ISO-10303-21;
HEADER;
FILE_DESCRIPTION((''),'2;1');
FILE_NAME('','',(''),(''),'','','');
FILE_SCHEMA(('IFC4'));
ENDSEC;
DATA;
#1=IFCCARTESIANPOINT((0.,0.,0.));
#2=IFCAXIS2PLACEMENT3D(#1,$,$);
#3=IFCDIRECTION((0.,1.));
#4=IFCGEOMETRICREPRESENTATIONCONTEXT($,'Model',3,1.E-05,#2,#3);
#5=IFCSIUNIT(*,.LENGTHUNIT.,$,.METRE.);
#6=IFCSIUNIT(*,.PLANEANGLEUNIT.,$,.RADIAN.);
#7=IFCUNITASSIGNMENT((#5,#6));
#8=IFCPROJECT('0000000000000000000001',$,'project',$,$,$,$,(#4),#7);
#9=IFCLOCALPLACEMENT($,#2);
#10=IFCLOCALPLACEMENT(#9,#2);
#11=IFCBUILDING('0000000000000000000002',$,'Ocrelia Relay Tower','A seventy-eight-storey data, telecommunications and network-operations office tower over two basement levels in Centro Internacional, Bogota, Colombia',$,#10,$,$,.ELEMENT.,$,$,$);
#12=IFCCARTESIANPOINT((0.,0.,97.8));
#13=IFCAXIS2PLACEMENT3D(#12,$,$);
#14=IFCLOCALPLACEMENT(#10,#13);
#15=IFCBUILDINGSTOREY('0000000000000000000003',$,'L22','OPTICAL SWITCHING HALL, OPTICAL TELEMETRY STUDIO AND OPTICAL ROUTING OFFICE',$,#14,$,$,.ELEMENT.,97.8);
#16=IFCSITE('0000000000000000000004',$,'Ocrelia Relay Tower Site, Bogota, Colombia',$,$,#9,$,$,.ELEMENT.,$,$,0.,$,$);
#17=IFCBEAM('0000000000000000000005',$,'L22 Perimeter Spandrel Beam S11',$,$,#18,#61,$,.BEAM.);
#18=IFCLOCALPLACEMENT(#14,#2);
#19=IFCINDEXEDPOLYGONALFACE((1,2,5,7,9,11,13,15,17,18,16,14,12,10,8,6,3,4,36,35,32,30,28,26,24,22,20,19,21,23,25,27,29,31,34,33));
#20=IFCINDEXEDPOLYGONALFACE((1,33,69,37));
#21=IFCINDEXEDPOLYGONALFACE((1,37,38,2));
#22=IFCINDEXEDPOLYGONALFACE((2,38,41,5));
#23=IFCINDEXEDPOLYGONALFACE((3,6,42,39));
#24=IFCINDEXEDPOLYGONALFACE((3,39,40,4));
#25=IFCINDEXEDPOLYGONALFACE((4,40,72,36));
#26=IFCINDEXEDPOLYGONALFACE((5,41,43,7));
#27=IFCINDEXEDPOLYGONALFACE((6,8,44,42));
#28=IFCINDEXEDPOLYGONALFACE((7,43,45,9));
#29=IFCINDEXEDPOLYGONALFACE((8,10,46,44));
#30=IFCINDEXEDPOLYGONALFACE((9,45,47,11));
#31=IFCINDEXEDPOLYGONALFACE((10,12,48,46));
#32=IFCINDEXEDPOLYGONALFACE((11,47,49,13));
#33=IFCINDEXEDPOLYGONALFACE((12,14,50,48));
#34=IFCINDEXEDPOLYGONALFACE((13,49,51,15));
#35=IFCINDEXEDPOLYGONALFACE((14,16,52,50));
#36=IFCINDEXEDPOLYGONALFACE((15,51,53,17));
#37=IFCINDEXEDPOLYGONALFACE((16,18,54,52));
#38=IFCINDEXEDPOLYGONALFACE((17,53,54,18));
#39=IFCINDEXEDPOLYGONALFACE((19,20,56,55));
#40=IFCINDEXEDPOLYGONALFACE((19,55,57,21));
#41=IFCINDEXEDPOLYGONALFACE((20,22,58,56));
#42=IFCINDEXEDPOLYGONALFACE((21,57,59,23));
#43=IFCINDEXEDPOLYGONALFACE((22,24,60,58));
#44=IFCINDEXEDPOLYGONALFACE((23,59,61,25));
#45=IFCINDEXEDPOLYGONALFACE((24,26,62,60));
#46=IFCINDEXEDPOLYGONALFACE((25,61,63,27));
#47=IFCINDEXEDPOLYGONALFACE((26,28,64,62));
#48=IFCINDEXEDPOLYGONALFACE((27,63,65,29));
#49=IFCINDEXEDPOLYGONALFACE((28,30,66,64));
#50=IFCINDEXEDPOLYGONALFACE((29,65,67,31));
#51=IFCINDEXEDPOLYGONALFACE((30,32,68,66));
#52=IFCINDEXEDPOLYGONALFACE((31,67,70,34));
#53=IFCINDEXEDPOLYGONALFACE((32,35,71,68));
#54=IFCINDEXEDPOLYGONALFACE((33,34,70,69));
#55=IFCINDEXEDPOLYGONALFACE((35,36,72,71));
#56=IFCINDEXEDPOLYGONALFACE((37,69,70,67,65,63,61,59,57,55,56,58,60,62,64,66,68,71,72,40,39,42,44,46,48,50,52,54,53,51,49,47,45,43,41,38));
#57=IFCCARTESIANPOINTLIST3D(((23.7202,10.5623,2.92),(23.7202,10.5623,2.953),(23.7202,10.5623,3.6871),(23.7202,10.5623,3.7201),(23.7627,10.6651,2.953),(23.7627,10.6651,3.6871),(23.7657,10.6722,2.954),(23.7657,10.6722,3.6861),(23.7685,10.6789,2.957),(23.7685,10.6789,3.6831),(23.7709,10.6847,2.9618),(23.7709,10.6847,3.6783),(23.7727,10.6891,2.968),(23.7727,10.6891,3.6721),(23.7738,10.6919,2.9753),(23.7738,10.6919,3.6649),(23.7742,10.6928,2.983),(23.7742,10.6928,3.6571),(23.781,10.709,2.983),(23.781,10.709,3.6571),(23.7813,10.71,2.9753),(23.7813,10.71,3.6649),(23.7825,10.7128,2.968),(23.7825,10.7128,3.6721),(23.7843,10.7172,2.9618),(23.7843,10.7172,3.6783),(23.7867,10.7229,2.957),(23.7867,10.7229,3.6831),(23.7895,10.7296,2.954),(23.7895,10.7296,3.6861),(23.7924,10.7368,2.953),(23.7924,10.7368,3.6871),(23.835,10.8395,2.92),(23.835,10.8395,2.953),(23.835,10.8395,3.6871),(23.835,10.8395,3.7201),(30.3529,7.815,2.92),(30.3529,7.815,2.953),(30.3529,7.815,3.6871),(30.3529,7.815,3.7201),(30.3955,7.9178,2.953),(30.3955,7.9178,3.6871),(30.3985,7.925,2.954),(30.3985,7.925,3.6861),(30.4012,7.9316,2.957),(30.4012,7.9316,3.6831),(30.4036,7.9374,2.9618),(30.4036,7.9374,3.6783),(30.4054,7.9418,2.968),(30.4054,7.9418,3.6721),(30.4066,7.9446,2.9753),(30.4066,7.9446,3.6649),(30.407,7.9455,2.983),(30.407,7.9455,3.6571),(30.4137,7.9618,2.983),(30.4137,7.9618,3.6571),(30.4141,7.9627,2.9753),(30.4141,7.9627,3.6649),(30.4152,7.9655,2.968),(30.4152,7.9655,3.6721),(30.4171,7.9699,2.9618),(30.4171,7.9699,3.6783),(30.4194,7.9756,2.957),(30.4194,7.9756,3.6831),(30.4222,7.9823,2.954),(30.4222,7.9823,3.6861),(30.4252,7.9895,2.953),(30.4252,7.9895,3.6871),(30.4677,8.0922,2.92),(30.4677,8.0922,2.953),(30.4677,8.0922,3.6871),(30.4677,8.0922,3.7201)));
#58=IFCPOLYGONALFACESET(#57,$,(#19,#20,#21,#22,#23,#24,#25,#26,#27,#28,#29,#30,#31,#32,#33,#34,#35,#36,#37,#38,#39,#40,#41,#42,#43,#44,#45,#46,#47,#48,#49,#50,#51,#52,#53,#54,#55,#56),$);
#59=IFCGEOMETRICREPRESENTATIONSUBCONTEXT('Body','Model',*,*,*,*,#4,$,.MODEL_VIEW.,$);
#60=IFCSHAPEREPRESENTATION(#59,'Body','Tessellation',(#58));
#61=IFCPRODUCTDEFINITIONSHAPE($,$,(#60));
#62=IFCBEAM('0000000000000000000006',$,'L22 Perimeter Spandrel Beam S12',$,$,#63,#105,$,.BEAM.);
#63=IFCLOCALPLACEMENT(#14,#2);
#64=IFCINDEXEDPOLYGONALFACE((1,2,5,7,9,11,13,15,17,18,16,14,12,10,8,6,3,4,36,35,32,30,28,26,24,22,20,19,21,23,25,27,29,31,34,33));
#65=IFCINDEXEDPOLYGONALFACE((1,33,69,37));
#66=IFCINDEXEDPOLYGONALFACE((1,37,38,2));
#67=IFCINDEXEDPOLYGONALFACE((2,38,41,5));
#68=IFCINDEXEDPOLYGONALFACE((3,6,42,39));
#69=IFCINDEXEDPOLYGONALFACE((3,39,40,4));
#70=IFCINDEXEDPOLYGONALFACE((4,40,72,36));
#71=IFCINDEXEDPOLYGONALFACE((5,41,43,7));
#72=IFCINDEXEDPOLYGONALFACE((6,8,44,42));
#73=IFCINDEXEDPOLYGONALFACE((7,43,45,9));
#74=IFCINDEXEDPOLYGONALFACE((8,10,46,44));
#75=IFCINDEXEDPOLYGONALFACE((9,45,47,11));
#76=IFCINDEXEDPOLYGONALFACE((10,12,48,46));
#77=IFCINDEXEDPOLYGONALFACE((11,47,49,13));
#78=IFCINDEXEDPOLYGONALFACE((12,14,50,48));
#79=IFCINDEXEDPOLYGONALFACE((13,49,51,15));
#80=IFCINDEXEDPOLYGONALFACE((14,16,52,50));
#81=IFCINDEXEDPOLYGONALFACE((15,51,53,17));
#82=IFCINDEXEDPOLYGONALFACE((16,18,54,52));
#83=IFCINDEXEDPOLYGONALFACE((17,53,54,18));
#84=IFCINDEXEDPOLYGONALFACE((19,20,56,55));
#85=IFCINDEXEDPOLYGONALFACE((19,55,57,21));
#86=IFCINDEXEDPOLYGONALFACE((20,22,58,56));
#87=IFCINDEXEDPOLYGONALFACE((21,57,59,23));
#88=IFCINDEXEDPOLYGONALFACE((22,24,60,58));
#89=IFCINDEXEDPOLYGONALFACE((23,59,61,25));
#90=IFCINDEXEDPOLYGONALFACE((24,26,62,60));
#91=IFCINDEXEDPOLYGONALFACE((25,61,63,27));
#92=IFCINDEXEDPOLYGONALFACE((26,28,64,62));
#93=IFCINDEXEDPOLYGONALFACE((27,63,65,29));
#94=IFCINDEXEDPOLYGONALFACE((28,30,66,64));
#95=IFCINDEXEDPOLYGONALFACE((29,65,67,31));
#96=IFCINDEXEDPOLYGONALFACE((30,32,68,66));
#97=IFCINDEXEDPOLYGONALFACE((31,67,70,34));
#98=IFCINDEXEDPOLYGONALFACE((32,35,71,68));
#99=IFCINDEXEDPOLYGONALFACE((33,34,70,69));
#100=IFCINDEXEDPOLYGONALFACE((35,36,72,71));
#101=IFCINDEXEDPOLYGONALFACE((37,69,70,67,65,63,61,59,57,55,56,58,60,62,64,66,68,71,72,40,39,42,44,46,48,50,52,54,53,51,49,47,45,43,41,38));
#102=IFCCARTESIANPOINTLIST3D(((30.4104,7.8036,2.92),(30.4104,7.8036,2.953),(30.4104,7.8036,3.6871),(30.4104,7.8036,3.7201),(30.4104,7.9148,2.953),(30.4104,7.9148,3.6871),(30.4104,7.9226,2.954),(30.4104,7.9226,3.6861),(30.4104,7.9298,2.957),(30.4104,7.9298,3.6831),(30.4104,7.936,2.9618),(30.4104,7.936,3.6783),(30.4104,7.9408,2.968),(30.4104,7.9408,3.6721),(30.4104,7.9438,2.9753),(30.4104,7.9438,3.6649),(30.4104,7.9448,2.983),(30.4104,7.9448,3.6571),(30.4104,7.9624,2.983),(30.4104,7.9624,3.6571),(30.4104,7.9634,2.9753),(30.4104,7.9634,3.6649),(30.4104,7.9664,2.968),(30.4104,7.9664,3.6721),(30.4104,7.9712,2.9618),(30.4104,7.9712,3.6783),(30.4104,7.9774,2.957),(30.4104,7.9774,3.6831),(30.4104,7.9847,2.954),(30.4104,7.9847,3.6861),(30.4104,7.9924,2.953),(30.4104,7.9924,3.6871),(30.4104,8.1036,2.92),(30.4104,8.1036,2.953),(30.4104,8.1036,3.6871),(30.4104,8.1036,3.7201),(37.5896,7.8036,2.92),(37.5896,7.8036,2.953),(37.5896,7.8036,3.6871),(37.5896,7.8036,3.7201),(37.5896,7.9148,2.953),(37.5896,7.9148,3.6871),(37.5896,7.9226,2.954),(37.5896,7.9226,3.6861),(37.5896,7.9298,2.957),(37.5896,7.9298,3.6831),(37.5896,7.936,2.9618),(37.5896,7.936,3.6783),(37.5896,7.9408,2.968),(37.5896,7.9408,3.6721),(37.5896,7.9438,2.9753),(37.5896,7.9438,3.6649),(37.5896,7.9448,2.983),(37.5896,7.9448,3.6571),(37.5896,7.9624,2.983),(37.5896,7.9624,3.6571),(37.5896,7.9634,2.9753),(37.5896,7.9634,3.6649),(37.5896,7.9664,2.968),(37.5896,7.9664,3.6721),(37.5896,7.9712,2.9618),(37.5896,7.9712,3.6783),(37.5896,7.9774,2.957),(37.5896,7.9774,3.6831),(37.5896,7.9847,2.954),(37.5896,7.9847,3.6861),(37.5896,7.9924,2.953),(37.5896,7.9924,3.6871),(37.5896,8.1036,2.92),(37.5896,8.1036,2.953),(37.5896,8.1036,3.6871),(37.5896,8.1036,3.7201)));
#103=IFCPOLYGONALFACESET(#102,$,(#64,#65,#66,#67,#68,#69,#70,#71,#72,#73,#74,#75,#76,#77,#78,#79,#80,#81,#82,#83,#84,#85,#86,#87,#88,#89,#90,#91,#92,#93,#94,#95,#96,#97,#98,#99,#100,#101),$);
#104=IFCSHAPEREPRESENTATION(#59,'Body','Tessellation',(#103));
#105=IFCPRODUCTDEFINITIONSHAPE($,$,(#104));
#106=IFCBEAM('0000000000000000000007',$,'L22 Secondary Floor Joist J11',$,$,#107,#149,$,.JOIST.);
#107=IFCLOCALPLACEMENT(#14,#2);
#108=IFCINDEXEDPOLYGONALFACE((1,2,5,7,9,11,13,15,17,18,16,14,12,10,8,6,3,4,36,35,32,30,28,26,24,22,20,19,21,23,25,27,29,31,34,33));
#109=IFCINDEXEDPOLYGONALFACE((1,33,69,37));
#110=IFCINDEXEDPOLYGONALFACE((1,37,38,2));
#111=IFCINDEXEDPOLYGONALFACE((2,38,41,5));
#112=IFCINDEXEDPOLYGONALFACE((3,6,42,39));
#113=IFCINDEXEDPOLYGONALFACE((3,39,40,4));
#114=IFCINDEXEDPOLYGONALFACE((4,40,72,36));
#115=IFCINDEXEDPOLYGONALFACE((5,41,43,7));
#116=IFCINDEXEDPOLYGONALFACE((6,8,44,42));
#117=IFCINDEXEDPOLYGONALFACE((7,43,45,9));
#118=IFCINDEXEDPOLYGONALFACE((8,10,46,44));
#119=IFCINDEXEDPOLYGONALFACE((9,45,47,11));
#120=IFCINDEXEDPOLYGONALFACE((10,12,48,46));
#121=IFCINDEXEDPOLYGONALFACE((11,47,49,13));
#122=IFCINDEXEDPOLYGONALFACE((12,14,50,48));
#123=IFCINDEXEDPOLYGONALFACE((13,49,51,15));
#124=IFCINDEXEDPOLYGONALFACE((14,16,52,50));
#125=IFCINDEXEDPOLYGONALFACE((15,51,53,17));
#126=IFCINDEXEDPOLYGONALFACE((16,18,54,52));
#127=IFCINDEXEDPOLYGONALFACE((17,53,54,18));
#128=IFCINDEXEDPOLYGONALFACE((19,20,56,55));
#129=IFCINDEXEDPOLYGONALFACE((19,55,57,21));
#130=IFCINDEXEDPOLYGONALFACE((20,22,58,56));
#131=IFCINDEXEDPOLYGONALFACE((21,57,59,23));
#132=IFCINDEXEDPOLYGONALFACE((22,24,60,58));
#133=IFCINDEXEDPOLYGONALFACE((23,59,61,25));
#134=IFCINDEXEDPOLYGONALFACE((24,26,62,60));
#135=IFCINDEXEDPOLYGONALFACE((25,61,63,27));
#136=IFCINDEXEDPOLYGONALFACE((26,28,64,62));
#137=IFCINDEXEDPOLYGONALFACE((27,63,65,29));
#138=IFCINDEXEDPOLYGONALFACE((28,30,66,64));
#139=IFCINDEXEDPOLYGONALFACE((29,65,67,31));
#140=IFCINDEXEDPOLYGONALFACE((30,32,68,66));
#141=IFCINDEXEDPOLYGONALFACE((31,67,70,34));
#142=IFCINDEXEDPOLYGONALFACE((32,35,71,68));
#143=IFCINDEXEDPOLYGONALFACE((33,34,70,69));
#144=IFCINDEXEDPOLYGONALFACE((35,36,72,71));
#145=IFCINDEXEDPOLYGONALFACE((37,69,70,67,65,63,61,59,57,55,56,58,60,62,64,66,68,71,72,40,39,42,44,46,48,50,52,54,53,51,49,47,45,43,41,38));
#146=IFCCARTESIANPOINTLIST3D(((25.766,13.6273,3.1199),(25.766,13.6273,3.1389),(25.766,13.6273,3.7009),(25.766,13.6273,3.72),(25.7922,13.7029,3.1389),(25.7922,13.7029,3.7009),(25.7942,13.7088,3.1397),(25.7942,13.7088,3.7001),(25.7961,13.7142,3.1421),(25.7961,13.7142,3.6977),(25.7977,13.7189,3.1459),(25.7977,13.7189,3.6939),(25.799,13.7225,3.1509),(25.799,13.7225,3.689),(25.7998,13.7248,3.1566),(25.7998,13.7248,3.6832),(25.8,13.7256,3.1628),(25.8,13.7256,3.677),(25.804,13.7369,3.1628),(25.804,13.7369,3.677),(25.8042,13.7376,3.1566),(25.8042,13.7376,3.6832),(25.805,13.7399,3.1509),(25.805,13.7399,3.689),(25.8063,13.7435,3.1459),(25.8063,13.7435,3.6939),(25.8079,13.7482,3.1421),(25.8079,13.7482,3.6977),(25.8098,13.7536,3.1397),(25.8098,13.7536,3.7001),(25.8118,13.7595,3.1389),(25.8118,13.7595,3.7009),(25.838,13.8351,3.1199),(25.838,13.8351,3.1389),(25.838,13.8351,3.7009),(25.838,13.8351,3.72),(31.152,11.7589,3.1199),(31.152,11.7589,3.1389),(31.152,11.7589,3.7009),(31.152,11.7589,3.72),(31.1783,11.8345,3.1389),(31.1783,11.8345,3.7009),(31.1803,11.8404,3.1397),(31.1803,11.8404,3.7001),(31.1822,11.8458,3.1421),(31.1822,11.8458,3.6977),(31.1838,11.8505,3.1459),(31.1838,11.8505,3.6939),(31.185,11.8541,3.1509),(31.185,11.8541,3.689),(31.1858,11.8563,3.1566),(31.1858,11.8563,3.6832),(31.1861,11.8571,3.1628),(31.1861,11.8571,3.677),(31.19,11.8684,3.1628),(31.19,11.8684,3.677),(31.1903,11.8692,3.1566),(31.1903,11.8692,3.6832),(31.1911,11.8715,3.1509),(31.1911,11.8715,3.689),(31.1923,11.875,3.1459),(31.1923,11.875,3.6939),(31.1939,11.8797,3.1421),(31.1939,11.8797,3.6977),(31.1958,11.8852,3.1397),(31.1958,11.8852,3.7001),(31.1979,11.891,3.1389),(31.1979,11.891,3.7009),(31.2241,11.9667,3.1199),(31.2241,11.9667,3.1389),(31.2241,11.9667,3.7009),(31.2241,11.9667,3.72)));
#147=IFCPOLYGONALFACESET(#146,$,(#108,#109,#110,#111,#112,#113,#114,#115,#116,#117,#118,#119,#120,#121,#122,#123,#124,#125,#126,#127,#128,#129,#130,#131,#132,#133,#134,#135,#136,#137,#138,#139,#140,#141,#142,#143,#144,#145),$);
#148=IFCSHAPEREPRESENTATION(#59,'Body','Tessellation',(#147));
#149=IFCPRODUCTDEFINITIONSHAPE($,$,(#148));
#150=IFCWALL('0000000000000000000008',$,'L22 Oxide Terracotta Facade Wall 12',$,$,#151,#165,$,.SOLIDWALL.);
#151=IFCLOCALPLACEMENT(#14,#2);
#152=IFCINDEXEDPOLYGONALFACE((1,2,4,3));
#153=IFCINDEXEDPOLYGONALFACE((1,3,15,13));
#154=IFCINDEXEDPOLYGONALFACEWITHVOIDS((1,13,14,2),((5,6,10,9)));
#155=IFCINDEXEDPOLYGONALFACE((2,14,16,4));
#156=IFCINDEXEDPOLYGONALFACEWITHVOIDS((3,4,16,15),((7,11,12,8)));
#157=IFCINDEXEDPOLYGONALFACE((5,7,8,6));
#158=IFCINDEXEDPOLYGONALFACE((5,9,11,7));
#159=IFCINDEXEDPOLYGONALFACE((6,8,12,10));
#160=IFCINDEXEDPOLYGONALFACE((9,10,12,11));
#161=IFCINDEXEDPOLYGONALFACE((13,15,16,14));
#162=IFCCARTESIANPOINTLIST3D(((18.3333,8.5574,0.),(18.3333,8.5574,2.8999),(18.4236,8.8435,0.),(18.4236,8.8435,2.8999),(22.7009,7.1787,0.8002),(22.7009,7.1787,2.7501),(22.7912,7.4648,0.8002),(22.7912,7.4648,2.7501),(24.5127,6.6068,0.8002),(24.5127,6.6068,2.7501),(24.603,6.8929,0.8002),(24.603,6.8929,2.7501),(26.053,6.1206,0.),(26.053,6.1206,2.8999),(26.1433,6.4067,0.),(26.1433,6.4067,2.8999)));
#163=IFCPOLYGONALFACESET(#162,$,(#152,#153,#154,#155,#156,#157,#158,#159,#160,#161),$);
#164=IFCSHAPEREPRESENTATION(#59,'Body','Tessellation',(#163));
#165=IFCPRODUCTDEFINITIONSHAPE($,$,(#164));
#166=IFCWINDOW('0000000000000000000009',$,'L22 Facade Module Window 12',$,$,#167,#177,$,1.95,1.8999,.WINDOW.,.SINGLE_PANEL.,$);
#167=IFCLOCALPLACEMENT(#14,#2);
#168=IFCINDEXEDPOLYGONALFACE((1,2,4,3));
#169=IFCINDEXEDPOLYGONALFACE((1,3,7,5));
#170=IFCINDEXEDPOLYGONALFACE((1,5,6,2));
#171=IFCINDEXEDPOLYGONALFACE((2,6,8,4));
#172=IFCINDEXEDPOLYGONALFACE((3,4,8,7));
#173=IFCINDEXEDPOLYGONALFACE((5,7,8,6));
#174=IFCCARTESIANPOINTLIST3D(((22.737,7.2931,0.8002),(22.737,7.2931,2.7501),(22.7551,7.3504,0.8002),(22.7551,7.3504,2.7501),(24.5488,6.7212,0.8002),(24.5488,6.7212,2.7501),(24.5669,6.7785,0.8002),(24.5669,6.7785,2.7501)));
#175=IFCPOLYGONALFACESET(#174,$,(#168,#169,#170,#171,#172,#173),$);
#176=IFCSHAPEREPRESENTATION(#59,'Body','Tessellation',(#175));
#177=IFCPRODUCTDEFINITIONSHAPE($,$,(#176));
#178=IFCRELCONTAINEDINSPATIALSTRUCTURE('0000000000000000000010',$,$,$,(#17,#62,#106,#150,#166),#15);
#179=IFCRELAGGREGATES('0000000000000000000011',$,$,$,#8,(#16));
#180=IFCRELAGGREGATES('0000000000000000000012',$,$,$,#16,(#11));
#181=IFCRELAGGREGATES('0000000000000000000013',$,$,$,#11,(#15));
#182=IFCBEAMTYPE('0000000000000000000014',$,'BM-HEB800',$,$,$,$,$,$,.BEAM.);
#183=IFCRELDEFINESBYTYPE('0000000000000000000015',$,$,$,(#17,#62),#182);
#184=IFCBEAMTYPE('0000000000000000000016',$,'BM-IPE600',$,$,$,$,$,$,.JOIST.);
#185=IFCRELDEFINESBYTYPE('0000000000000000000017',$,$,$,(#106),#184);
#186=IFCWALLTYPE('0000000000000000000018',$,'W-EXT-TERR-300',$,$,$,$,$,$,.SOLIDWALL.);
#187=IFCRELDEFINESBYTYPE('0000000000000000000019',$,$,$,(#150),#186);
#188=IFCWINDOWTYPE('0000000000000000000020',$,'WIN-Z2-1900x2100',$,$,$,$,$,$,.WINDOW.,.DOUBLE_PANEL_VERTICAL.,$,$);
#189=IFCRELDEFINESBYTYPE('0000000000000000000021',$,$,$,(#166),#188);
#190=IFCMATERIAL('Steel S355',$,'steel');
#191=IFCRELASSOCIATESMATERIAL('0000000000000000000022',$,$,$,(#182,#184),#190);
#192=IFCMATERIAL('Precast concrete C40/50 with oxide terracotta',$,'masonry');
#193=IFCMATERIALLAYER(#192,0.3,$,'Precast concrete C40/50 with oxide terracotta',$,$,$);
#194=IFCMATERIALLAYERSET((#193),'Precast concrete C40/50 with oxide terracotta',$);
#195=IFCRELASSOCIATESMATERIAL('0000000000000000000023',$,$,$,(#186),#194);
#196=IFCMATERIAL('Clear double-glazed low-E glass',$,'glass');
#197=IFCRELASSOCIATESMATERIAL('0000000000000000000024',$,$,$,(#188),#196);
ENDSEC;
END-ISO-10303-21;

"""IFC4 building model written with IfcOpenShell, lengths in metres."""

from ifc_helpers import new_model, si_unit, direction, frame, frame_2d, origin, origin_2d, place, context, subcontext, project, spatial, rectangle, i_section, extrude, material, layer, layer_set, material_profile, profile_set, type_object, element, fill, save


model = new_model("IFC4")

# Units and contexts
model_context = context("Model", 3, precision=1e-05, world=origin(), true_north=direction((0.0, 1.0)))
body_context = subcontext(model_context, "Body", "Model", "MODEL_VIEW")
ifc_project = project(units=[si_unit("LENGTHUNIT", "METRE"), si_unit("PLANEANGLEUNIT", "RADIAN")], contexts=[model_context])

# Site, building, storey
site_placement = place(None, origin())
site = spatial("IfcSite", under=ifc_project, at=site_placement, Name="Ocrelia Relay Tower Site, Bogota, Colombia", CompositionType="ELEMENT", RefElevation=0.0)
building_placement = place(site_placement, origin())
building = spatial("IfcBuilding", under=site, at=building_placement, Name="Ocrelia Relay Tower", Description="A seventy-eight-storey data, telecommunications and network-operations office tower over two basement levels in Centro Internacional, Bogota, Colombia", CompositionType="ELEMENT")
storey_placement = place(building_placement, frame((0.0, 0.0, 97.8)))
storey = spatial("IfcBuildingStorey", under=building, at=storey_placement, Name="L22", Description="OPTICAL SWITCHING HALL, OPTICAL TELEMETRY STUDIO AND OPTICAL ROUTING OFFICE", CompositionType="ELEMENT", Elevation=97.8)

# Beams
ifc_material_1 = material(Name="Steel S355", Category="steel")
ifc_material_profile_1 = material_profile(ifc_material_1, i_section(OverallWidth=0.3, OverallDepth=0.8, WebThickness=0.0176, FlangeThickness=0.033, FilletRadius=0.03, at=origin_2d()), Name="HEB 800")
ifc_profile_set_1 = profile_set([ifc_material_profile_1], Name="Steel S355")
beam_type_1 = type_object("IfcBeamType", Name="BM-HEB800", PredefinedType="BEAM", material=ifc_profile_set_1)
for number, where, z_axis, x_axis, name in (
    (1, (23.7776, 10.7009, 3.3201), (0.923884, -0.382673, 0.0), (0.382673, 0.923884, 0.0), "L22 Perimeter Spandrel Beam S11"),
    (2, (30.4104, 7.9536, 3.3201), (1.0, 0.0, 0.0), (0.0, 1.0, 0.0), "L22 Perimeter Spandrel Beam S12"),
):
    element("IfcBeam", number, at=place(storey_placement, frame(where, z_axis=z_axis, x_axis=x_axis)), inside=storey, type_object=beam_type_1, Name=name, PredefinedType="BEAM", context=body_context, shape_type="SweptSolid", body=[
        extrude(i_section(OverallWidth=0.3, OverallDepth=0.8, WebThickness=0.0176, FlangeThickness=0.033, FilletRadius=0.03, at=origin_2d()), origin(), (0.0, 0.0, 1.0), 7.1792),
    ])
ifc_material_profile_2 = material_profile(ifc_material_1, i_section(OverallWidth=0.22, OverallDepth=0.6001, WebThickness=0.012, FlangeThickness=0.019, FilletRadius=0.0239, at=origin_2d()), Name="IPE 600")
ifc_profile_set_2 = profile_set([ifc_material_profile_2], Name="Steel S355")
beam_type_2 = type_object("IfcBeamType", Name="BM-IPE600", PredefinedType="JOIST", material=ifc_profile_set_2)
beam_1_placement = place(storey_placement, frame((25.802, 13.7312, 3.4199), z_axis=(0.944767, -0.327741, 0.0), x_axis=(0.327741, 0.944767, 0.0)))
element("IfcBeam", 3, at=beam_1_placement, inside=storey, type_object=beam_type_2, Name="L22 Secondary Floor Joist J11", PredefinedType="JOIST", context=body_context, shape_type="SweptSolid", body=[
    extrude(i_section(OverallWidth=0.22, OverallDepth=0.6001, WebThickness=0.012, FlangeThickness=0.019, FilletRadius=0.0239, at=origin_2d()), origin(), (0.0, 0.0, 1.0), 5.7009),
])

# Wall, opening, window
ifc_material_2 = material(Name="Precast concrete C40/50 with oxide terracotta", Category="masonry")
ifc_layer_1 = layer(ifc_material_2, 0.3, Name="Precast concrete C40/50 with oxide terracotta")
ifc_layer_set_1 = layer_set([ifc_layer_1], Name="Precast concrete C40/50 with oxide terracotta")
wall_type_1 = type_object("IfcWallType", Name="W-EXT-TERR-300", PredefinedType="SOLIDWALL", material=ifc_layer_set_1)
wall_1_placement = place(storey_placement, frame((18.3784, 8.7004, 0.0), z_axis=(0.0, 0.0, 1.0), x_axis=(0.95362, -0.301014, 0.0)))
wall_1 = element("IfcWall", 4, at=wall_1_placement, inside=storey, type_object=wall_type_1, Name="L22 Oxide Terracotta Facade Wall 12", PredefinedType="SOLIDWALL", context=body_context, shape_type="SweptSolid", body=[
    extrude(rectangle(XDim=8.0952, YDim=0.3, at=frame_2d((4.0476, 0.0))), origin(), (0.0, 0.0, 1.0), 2.8999),
])
opening_1_placement = place(wall_1_placement, frame((4.5801, 0.0, 0.8)))
opening_1 = element("IfcOpeningElement", 5, at=opening_1_placement, cuts=wall_1, PredefinedType="OPENING", context=body_context, shape_type="SweptSolid", body=[
    extrude(rectangle(XDim=1.8999, YDim=1.95, at=frame_2d((0.95, 0.9751))), frame((0.0, 0.1602, 0.0), z_axis=(0.0, -1.0, 0.0), x_axis=(1.0, 0.0, 0.0)), (0.0, 0.0, 1.0), 0.3201),
])
ifc_material_3 = material(Name="Clear double-glazed low-E glass", Category="glass")
window_type = type_object("IfcWindowType", Name="WIN-Z2-1900x2100", PartitioningType="DOUBLE_PANEL_VERTICAL", PredefinedType="WINDOW", material=ifc_material_3)
window_1_placement = place(opening_1_placement, origin())
window_1 = element("IfcWindow", 6, at=window_1_placement, inside=storey, type_object=window_type, Name="L22 Facade Module Window 12", OverallHeight=1.95, OverallWidth=1.8999, PartitioningType="SINGLE_PANEL", PredefinedType="WINDOW", context=body_context, shape_type="SweptSolid", body=[
    extrude(rectangle(XDim=1.8999, YDim=1.95, at=frame_2d((0.95, 0.9751))), frame((0.0, 0.03, 0.0), z_axis=(0.0, -1.0, 0.0), x_axis=(1.0, 0.0, 0.0)), (0.0, 0.0, 1.0), 0.0601),
])
fill(opening_1, window_1)

save(model, "model.ifc")
